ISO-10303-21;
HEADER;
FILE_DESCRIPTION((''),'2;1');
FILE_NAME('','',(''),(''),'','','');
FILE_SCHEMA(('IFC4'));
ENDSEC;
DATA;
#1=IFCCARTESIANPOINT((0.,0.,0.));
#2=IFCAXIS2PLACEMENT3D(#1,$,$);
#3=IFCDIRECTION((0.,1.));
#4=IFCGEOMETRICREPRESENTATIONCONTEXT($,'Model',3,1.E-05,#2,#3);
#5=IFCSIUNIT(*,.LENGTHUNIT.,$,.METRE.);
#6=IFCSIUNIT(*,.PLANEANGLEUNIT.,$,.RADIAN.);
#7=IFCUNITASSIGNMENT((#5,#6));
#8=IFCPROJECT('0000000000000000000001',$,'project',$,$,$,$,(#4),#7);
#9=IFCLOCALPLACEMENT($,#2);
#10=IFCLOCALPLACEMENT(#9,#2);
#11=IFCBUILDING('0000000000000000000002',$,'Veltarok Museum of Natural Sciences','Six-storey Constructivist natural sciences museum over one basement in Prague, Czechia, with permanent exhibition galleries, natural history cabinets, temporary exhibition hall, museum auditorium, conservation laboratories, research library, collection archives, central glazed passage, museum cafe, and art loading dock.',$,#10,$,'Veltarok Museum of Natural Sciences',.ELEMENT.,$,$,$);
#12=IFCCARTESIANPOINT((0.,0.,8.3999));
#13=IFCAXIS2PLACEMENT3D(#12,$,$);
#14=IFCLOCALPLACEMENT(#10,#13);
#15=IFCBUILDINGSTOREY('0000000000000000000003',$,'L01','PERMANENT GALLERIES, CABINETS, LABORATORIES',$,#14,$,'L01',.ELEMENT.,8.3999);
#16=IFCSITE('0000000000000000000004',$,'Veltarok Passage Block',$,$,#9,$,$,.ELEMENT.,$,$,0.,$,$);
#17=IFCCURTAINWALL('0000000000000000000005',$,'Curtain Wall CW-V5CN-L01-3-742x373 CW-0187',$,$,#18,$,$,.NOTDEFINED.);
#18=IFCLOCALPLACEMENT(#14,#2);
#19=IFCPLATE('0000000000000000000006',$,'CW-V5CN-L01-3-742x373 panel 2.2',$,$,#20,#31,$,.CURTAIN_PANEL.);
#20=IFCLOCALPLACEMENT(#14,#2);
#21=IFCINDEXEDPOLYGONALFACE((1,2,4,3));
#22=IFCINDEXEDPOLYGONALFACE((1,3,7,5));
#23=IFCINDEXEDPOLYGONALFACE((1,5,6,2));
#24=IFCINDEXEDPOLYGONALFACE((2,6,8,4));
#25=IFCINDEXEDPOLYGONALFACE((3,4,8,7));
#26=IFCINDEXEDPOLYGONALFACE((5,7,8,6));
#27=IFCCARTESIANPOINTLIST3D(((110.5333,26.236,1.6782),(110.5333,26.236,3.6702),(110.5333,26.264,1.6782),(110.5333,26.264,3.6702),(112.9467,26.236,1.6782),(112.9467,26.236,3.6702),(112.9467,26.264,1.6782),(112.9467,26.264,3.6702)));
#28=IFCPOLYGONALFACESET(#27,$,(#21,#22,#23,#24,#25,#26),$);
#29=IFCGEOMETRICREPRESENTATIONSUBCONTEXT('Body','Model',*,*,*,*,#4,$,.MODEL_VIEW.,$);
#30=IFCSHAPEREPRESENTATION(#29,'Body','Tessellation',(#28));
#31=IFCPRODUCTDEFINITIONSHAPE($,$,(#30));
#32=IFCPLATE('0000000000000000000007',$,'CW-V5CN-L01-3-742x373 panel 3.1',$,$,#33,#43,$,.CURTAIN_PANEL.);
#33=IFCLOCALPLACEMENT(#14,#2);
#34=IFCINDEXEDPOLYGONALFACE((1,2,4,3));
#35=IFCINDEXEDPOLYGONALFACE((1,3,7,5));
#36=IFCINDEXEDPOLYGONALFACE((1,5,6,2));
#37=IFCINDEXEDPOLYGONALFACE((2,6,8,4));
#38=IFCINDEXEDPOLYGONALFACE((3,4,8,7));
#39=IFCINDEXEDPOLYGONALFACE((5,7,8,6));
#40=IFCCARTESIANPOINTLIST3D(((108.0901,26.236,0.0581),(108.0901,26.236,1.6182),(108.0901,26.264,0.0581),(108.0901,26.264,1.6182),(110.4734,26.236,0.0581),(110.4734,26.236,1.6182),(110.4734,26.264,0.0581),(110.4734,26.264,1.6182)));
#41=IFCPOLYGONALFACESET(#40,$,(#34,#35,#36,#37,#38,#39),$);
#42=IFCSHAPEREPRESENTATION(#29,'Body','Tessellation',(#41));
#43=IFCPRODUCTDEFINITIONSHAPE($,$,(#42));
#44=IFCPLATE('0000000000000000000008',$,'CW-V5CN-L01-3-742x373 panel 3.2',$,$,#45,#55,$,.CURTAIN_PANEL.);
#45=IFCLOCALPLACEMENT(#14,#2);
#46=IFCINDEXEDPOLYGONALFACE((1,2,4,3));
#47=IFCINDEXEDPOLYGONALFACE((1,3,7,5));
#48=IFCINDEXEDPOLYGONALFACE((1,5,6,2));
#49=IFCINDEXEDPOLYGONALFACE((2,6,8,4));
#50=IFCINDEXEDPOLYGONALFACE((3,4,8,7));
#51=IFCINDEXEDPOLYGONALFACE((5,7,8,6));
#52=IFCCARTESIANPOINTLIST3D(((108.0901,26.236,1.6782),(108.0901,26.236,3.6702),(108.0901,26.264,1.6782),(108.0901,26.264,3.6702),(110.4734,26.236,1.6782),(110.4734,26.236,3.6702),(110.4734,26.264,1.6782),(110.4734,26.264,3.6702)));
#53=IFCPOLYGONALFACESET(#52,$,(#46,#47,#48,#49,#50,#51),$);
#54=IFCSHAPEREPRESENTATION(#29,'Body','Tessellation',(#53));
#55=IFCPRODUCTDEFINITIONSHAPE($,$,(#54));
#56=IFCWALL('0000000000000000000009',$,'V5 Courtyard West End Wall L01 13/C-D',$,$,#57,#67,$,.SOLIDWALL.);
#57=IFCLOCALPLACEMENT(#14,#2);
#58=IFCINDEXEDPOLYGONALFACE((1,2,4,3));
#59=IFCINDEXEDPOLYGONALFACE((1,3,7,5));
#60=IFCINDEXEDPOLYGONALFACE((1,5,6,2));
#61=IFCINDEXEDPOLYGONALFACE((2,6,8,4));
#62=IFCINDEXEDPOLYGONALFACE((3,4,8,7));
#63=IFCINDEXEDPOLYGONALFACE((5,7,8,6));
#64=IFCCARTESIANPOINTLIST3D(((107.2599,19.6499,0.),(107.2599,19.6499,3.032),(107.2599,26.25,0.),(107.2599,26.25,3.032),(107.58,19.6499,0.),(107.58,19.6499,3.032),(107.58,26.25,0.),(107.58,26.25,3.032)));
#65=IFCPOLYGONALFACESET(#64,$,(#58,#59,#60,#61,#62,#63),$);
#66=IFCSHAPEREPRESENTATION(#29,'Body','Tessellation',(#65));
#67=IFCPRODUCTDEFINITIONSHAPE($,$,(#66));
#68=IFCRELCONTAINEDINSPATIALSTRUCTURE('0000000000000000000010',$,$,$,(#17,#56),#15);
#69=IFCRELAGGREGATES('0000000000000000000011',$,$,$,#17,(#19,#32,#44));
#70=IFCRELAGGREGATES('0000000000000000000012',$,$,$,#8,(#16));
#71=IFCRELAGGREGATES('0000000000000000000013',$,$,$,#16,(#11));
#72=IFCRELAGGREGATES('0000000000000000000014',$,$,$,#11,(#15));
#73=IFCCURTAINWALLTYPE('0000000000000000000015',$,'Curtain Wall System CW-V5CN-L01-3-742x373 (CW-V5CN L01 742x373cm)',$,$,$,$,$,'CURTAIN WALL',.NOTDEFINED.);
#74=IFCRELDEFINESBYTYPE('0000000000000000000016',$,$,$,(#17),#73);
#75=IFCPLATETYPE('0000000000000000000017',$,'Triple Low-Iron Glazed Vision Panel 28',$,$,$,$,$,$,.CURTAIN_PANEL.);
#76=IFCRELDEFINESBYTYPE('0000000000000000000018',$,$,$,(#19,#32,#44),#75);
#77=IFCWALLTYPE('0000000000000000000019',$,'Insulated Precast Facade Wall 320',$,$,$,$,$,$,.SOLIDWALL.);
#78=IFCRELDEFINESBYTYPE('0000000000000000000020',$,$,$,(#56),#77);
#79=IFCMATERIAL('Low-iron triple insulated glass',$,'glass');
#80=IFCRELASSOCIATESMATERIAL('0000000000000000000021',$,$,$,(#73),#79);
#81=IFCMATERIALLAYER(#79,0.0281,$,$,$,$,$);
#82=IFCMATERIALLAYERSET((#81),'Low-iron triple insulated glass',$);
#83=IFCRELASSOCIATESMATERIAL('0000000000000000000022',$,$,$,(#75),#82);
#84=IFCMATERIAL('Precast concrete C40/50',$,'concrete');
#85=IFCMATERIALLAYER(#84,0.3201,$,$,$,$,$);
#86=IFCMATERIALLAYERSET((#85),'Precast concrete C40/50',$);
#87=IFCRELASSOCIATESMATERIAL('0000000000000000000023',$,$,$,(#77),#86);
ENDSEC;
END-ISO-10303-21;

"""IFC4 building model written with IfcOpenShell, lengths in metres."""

from ifc_helpers import new_model, si_unit, direction, frame, frame_2d, origin, origin_2d, place, context, subcontext, project, spatial, rectangle, extrude, material, layer, layer_set, type_object, element, aggregate, save


model = new_model("IFC4")

# Units and contexts
model_context = context("Model", 3, precision=1e-05, world=origin(), true_north=direction((0.0, 1.0)))
body_context = subcontext(model_context, "Body", "Model", "MODEL_VIEW")
ifc_project = project(units=[si_unit("LENGTHUNIT", "METRE"), si_unit("PLANEANGLEUNIT", "RADIAN")], contexts=[model_context])

# Site, building, storey
site_placement = place(None, origin())
site = spatial("IfcSite", under=ifc_project, at=site_placement, Name="Veltarok Passage Block", CompositionType="ELEMENT", RefElevation=0.0)
building_placement = place(site_placement, origin())
building = spatial("IfcBuilding", under=site, at=building_placement, Name="Veltarok Museum of Natural Sciences", Description="Six-storey Constructivist natural sciences museum over one basement in Prague, Czechia, with permanent exhibition galleries, natural history cabinets, temporary exhibition hall, museum auditorium, conservation laboratories, research library, collection archives, central glazed passage, museum cafe, and art loading dock.", LongName="Veltarok Museum of Natural Sciences", CompositionType="ELEMENT")
storey_placement = place(building_placement, frame((0.0, 0.0, 8.3999)))
storey = spatial("IfcBuildingStorey", under=building, at=storey_placement, Name="L01", Description="PERMANENT GALLERIES, CABINETS, LABORATORIES", LongName="L01", CompositionType="ELEMENT", Elevation=8.3999)

# Curtain wall
ifc_material_1 = material(Name="Low-iron triple insulated glass", Category="glass")
curtain_wall_type_1 = type_object("IfcCurtainWallType", Name="Curtain Wall System CW-V5CN-L01-3-742x373 (CW-V5CN L01 742x373cm)", ElementType="CURTAIN WALL", PredefinedType="NOTDEFINED", material=ifc_material_1)
curtain_wall_1_placement = place(storey_placement, origin())
curtain_wall_1 = element("IfcCurtainWall", 1, at=curtain_wall_1_placement, inside=storey, type_object=curtain_wall_type_1, Name="Curtain Wall CW-V5CN-L01-3-742x373 CW-0187", PredefinedType="NOTDEFINED")

# Shared definitions
ifc_material_2 = material(Name="Precast concrete C40/50", Category="concrete")

# Plates
ifc_layer_1 = layer(ifc_material_1, 0.0281)
ifc_layer_set_1 = layer_set([ifc_layer_1], Name="Low-iron triple insulated glass")
plate_type = type_object("IfcPlateType", Name="Triple Low-Iron Glazed Vision Panel 28", PredefinedType="CURTAIN_PANEL", material=ifc_layer_set_1)
plate_1_placement = place(storey_placement, frame((111.74, 26.25, 1.6782), z_axis=(0.0, 0.0, 1.0), x_axis=(-1.0, 0.0, 0.0)))
plate_1 = element("IfcPlate", 2, at=plate_1_placement, type_object=plate_type, Name="CW-V5CN-L01-3-742x373 panel 2.2", PredefinedType="CURTAIN_PANEL", context=body_context, shape_type="SweptSolid", body=[
    extrude(rectangle(XDim=2.4133, YDim=0.0281, at=origin_2d()), origin(), (0.0, 0.0, 1.0), 1.9919),
])
plate_2_placement = place(storey_placement, frame((109.2817, 26.25, 0.0581), z_axis=(0.0, 0.0, 1.0), x_axis=(-1.0, 0.0, 0.0)))
plate_2 = element("IfcPlate", 3, at=plate_2_placement, type_object=plate_type, Name="CW-V5CN-L01-3-742x373 panel 3.1", PredefinedType="CURTAIN_PANEL", context=body_context, shape_type="SweptSolid", body=[
    extrude(rectangle(XDim=2.3833, YDim=0.0281, at=origin_2d()), origin(), (0.0, 0.0, 1.0), 1.5601),
])
plate_3_placement = place(storey_placement, frame((109.2817, 26.25, 1.6782), z_axis=(0.0, 0.0, 1.0), x_axis=(-1.0, 0.0, 0.0)))
plate_3 = element("IfcPlate", 4, at=plate_3_placement, type_object=plate_type, Name="CW-V5CN-L01-3-742x373 panel 3.2", PredefinedType="CURTAIN_PANEL", context=body_context, shape_type="SweptSolid", body=[
    extrude(rectangle(XDim=2.3833, YDim=0.0281, at=origin_2d()), origin(), (0.0, 0.0, 1.0), 1.9919),
])
aggregate(curtain_wall_1, [plate_1, plate_2, plate_3])

# Wall
ifc_layer_2 = layer(ifc_material_2, 0.3201)
ifc_layer_set_2 = layer_set([ifc_layer_2], Name="Precast concrete C40/50")
wall_type = type_object("IfcWallType", Name="Insulated Precast Facade Wall 320", PredefinedType="SOLIDWALL", material=ifc_layer_set_2)
wall_placement = place(storey_placement, frame((107.4199, 26.25, 0.0), z_axis=(0.0, 0.0, 1.0), x_axis=(0.0, -1.0, 0.0)))
element("IfcWall", 5, at=wall_placement, inside=storey, type_object=wall_type, Name="V5 Courtyard West End Wall L01 13/C-D", PredefinedType="SOLIDWALL", context=body_context, shape_type="SweptSolid", body=[
    extrude(rectangle(XDim=6.6001, YDim=0.3201, at=frame_2d((3.3, 0.0))), origin(), (0.0, 0.0, 1.0), 3.032),
])

save(model, "model.ifc")
